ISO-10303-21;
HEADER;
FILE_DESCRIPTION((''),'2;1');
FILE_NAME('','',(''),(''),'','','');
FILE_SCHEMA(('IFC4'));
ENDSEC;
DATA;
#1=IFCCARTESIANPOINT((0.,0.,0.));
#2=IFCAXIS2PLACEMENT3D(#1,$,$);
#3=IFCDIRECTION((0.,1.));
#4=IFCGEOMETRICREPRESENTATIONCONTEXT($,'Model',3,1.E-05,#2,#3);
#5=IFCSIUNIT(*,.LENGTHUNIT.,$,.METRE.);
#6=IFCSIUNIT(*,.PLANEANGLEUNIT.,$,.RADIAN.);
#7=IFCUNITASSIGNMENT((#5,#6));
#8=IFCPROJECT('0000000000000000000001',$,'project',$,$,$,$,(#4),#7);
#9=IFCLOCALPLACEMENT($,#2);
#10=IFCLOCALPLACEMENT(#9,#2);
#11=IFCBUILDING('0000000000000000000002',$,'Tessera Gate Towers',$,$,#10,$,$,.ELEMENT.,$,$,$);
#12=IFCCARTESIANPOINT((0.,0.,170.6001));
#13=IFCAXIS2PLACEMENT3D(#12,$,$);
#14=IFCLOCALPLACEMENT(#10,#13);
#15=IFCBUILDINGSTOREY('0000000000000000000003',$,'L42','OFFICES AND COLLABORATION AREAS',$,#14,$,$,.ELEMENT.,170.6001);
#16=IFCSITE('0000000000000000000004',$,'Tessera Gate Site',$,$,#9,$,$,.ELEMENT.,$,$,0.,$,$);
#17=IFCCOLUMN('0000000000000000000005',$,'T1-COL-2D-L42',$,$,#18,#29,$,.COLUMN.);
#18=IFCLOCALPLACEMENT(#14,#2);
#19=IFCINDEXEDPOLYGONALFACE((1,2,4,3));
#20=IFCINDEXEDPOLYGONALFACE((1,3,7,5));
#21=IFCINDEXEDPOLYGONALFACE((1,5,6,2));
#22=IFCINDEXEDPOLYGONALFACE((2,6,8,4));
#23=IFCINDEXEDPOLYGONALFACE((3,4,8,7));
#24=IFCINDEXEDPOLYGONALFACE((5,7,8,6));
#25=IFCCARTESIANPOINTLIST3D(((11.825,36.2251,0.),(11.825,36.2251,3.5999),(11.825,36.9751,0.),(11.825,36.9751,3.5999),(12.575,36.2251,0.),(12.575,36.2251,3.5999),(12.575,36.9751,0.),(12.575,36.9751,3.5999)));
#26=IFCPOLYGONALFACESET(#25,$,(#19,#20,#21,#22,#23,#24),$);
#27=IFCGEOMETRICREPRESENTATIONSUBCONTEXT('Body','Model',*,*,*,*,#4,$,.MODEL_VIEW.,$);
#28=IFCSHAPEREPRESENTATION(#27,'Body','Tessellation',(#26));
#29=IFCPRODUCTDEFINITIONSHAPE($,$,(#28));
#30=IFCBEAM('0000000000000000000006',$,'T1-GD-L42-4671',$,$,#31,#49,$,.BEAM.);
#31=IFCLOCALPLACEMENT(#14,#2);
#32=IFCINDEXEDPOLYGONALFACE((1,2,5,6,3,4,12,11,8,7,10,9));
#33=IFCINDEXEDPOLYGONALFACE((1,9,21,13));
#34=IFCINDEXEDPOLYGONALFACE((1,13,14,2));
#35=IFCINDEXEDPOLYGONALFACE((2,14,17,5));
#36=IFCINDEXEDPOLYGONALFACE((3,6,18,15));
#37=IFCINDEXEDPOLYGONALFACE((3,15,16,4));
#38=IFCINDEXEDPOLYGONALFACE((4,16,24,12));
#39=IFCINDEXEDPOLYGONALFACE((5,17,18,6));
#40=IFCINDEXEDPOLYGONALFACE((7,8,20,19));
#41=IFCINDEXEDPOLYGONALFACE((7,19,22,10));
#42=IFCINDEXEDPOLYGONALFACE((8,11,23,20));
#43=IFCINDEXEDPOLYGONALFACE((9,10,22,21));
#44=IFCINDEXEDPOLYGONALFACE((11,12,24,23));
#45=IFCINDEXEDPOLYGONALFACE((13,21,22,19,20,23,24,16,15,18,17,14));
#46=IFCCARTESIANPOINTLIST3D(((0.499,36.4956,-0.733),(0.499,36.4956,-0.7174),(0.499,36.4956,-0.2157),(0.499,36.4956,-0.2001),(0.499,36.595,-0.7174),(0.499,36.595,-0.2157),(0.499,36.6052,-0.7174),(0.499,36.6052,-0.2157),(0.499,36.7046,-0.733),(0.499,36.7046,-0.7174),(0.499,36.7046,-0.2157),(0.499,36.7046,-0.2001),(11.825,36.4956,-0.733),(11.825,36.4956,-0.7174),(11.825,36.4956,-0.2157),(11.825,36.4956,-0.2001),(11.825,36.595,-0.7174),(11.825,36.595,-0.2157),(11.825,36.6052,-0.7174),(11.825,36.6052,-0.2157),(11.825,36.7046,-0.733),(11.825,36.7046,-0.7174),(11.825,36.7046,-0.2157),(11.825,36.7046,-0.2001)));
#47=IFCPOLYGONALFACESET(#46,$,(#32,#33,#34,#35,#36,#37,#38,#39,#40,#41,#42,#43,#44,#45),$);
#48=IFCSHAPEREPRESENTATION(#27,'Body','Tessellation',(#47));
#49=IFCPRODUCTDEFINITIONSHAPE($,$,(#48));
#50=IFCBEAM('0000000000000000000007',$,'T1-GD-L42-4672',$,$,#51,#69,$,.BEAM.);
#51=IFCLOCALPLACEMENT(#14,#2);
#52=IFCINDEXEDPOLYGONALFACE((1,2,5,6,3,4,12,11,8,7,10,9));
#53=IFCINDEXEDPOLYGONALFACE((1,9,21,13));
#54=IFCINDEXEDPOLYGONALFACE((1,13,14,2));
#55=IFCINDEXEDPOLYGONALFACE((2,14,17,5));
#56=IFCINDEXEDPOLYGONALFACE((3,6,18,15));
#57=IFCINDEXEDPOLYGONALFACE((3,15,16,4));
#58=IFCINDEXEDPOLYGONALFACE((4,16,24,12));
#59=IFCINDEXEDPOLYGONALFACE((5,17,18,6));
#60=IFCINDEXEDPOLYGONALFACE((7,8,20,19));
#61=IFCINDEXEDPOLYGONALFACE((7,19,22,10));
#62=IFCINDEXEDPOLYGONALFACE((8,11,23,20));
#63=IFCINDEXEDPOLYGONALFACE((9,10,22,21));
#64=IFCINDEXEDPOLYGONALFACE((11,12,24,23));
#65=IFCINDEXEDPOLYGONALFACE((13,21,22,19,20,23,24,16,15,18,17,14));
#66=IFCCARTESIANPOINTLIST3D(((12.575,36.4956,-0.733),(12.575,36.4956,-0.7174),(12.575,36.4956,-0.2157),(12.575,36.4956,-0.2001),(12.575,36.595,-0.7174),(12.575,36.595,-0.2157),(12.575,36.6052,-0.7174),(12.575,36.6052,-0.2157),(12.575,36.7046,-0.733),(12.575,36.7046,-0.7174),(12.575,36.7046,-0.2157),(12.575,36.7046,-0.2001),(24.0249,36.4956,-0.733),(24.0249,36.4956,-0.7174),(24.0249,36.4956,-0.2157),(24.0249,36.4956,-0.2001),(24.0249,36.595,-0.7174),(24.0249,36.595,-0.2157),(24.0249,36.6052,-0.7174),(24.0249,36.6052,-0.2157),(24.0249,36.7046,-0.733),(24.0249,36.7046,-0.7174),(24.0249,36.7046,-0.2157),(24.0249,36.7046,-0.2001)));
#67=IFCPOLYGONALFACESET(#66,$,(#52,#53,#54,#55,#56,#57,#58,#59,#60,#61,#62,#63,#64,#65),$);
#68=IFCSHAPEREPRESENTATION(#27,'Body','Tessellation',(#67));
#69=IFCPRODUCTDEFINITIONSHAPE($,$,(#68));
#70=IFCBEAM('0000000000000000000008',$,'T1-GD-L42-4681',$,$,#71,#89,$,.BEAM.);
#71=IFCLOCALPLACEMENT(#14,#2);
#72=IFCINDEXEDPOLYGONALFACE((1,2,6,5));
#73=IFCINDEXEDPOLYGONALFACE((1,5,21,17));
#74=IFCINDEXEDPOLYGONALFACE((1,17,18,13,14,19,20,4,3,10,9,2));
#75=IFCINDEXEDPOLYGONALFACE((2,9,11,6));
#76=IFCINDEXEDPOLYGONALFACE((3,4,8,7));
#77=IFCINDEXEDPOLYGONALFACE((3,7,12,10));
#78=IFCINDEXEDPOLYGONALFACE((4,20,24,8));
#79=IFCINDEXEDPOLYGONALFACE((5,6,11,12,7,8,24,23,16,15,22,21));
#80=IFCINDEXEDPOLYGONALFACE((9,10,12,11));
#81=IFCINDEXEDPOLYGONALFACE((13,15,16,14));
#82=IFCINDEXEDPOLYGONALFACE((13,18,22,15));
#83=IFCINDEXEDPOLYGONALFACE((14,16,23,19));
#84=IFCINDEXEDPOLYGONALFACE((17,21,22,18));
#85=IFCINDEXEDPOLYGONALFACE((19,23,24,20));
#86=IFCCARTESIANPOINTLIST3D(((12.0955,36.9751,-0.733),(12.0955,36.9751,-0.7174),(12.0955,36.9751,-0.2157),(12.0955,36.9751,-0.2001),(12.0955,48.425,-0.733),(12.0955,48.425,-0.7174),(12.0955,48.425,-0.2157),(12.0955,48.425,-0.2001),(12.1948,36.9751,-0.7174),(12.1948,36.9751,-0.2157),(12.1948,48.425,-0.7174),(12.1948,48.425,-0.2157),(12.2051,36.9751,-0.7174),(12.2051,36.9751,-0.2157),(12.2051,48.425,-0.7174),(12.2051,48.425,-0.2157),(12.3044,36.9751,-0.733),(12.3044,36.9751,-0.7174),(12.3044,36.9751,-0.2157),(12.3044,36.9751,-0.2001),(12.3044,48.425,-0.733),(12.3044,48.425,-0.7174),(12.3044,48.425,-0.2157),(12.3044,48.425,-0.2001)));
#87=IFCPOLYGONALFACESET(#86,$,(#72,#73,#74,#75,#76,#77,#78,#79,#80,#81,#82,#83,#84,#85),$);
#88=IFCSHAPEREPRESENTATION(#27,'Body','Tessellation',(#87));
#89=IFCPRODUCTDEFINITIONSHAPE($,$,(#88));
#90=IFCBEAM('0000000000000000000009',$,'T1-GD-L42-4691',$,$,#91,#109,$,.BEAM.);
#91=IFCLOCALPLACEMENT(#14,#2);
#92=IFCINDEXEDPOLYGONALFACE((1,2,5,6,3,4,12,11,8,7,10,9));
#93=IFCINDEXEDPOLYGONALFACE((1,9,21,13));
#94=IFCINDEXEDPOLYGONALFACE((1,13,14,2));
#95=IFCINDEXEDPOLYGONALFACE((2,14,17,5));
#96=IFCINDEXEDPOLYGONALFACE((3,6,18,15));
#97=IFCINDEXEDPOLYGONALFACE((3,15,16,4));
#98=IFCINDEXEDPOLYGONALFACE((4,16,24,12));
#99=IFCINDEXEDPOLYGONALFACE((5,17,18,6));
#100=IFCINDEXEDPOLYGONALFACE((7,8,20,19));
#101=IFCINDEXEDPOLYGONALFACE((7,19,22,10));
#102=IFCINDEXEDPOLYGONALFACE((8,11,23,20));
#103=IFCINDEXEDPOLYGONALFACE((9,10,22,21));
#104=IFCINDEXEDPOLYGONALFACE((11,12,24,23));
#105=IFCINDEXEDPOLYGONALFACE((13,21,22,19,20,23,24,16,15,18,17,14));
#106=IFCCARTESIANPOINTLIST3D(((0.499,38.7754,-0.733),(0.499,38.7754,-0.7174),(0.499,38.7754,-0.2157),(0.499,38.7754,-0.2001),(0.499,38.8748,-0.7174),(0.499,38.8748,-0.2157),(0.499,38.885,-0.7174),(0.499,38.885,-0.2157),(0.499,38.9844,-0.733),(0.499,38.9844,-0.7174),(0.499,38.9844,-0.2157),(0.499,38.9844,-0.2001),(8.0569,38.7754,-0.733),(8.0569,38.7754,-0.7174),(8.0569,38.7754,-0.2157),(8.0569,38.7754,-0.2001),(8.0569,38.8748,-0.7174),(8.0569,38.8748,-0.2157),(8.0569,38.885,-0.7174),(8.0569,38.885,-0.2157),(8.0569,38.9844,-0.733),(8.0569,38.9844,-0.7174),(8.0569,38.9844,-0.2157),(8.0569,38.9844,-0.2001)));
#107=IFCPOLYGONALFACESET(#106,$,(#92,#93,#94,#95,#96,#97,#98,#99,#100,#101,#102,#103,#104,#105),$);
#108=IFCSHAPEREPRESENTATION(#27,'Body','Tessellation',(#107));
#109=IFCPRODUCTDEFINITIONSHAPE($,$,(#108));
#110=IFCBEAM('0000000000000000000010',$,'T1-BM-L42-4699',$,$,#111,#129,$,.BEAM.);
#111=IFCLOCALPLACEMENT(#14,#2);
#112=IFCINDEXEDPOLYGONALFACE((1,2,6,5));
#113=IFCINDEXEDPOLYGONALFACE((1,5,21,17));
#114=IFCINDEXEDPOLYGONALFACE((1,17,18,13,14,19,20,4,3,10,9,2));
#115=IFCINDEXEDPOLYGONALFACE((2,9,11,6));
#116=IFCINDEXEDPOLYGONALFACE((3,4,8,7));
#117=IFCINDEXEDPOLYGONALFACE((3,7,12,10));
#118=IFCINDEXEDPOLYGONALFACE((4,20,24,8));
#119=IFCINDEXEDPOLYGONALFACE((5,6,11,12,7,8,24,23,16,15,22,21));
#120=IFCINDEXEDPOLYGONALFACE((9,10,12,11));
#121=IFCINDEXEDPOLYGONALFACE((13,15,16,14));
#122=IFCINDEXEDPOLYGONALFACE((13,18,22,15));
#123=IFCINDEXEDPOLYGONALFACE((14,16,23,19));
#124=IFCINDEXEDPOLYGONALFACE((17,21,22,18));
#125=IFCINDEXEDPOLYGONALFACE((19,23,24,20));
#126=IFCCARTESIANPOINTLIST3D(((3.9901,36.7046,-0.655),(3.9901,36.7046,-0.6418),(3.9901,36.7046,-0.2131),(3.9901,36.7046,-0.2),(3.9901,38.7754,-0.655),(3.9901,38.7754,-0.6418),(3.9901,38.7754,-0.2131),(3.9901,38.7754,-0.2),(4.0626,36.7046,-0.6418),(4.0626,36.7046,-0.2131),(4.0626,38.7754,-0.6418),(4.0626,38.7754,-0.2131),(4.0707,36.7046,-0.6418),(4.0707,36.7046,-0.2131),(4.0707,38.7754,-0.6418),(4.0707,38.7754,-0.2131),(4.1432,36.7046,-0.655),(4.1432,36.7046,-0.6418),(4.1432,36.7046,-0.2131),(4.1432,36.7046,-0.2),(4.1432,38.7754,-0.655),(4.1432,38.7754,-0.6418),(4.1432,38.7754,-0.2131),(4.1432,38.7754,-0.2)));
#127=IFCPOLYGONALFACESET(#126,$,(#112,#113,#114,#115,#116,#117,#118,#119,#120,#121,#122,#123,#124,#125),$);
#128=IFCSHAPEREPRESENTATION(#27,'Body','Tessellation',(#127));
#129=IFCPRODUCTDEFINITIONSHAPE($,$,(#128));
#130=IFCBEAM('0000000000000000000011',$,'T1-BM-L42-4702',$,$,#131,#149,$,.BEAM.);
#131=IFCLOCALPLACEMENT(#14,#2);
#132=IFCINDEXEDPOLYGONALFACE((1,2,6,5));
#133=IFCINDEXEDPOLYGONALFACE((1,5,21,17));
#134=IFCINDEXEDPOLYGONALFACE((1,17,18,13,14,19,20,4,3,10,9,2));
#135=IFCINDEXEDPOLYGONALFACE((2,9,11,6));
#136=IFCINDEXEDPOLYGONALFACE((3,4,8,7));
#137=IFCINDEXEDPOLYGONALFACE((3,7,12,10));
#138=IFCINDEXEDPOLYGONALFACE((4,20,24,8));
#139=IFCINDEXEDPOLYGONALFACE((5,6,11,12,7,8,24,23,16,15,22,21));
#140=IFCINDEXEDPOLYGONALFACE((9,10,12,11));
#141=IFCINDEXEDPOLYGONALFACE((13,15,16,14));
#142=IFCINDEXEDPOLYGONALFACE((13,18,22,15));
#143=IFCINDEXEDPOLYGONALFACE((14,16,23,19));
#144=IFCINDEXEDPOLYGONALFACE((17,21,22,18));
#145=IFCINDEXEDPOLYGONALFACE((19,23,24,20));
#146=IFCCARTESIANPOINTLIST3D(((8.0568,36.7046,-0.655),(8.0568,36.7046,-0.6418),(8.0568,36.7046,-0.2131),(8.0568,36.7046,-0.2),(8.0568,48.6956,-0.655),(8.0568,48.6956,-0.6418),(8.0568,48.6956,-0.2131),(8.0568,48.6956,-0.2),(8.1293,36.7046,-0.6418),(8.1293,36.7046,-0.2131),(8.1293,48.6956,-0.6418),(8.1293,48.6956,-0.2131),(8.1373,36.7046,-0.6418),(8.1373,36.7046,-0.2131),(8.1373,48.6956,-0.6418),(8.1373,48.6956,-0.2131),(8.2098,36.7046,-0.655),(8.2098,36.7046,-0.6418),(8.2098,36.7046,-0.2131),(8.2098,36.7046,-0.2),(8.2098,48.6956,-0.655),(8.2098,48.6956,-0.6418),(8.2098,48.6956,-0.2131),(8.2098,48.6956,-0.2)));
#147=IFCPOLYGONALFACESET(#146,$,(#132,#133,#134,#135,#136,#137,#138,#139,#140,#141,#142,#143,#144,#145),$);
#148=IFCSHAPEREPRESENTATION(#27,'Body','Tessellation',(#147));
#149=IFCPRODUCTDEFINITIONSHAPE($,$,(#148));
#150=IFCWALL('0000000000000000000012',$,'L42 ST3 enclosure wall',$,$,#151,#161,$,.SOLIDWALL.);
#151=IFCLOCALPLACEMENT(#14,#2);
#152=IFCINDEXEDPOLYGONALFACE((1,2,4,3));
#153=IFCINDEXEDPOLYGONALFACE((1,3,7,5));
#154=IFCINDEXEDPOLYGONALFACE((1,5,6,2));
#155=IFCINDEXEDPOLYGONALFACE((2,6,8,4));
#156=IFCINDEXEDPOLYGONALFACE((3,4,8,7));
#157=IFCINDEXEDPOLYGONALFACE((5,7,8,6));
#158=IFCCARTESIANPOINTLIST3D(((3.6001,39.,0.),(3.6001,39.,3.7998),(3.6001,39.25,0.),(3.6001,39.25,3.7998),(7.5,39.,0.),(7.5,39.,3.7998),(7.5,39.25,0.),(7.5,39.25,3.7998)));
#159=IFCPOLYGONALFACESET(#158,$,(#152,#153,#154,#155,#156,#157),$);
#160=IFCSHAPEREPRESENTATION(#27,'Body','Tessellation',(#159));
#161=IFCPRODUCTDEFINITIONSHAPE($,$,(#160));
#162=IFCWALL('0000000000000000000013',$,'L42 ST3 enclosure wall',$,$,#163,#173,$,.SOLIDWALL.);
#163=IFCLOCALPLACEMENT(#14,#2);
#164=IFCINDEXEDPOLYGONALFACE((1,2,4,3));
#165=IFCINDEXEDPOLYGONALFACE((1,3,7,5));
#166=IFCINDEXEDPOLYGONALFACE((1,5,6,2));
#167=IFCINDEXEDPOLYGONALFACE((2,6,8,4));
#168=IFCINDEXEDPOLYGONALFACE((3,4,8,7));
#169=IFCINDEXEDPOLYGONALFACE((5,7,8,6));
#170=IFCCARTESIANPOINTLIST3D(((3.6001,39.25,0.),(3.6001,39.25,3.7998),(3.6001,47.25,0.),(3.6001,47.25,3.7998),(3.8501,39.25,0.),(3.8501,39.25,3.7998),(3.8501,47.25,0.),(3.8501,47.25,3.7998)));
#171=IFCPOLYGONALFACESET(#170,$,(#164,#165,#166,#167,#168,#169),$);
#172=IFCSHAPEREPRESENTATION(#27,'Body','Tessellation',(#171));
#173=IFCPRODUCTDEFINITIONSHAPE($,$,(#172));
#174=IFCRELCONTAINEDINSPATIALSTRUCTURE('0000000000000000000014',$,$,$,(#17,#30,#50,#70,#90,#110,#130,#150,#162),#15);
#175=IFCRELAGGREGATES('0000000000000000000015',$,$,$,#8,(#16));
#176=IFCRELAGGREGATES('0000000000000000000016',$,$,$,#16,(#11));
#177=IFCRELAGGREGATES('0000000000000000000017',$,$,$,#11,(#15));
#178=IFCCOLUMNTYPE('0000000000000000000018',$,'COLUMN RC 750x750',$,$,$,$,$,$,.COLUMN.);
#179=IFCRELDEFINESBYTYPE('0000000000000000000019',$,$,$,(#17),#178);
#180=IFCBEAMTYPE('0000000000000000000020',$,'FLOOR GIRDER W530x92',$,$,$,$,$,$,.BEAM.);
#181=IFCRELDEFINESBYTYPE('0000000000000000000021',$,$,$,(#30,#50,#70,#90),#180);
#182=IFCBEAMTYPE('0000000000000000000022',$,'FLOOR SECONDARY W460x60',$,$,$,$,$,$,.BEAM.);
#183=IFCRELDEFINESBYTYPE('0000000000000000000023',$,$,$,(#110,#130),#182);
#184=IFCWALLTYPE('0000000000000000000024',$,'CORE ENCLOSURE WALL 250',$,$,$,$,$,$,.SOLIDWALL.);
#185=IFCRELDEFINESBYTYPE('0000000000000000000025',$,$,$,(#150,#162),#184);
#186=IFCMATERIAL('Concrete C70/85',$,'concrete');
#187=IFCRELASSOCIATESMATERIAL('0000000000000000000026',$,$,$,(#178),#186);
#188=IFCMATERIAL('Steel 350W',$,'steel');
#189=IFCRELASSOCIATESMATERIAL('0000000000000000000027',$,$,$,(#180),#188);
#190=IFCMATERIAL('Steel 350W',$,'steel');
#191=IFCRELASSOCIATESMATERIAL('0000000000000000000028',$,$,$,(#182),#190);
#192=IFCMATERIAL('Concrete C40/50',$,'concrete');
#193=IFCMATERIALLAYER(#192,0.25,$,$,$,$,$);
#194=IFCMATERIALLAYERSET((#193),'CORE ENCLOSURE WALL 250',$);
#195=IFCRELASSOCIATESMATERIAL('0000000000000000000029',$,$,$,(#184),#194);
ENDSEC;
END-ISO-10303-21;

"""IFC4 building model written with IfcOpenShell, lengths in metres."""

from ifc_helpers import new_model, si_unit, direction, frame, frame_2d, origin, origin_2d, place, context, subcontext, project, spatial, rectangle, i_section, extrude, material, layer, layer_set, material_profile, profile_set, type_object, element, save


model = new_model("IFC4")

# Units and contexts
model_context = context("Model", 3, precision=1e-05, world=origin(), true_north=direction((0.0, 1.0)))
body_context = subcontext(model_context, "Body", "Model", "MODEL_VIEW")
ifc_project = project(units=[si_unit("LENGTHUNIT", "METRE"), si_unit("PLANEANGLEUNIT", "RADIAN")], contexts=[model_context])

# Site, building, storey
site_placement = place(None, origin())
site = spatial("IfcSite", under=ifc_project, at=site_placement, Name="Tessera Gate Site", CompositionType="ELEMENT", RefElevation=0.0)
building_placement = place(site_placement, origin())
building = spatial("IfcBuilding", under=site, at=building_placement, Name="Tessera Gate Towers", CompositionType="ELEMENT")
storey_placement = place(building_placement, frame((0.0, 0.0, 170.6001)))
storey = spatial("IfcBuildingStorey", under=building, at=storey_placement, Name="L42", Description="OFFICES AND COLLABORATION AREAS", CompositionType="ELEMENT", Elevation=170.6001)

# Column
ifc_material_1 = material(Name="Concrete C70/85", Category="concrete")
ifc_material_profile_1 = material_profile(ifc_material_1, rectangle(XDim=0.75, YDim=0.75, at=origin_2d()), Name="RC 750x750")
ifc_profile_set_1 = profile_set([ifc_material_profile_1], Name="Concrete C70/85")
column_type = type_object("IfcColumnType", Name="COLUMN RC 750x750", PredefinedType="COLUMN", material=ifc_profile_set_1)
column_placement = place(storey_placement, frame((12.2, 36.6001, 0.0), z_axis=(0.0, 0.0, 1.0), x_axis=(1.0, 0.0, 0.0)))
element("IfcColumn", 1, at=column_placement, inside=storey, type_object=column_type, Name="T1-COL-2D-L42", PredefinedType="COLUMN", context=body_context, shape_type="SweptSolid", body=[
    extrude(rectangle(XDim=0.75, YDim=0.75, at=origin_2d()), origin(), (0.0, 0.0, 1.0), 3.5999),
])

# Beams
ifc_material_2 = material(Name="Steel 350W", Category="steel")
ifc_material_profile_2 = material_profile(ifc_material_2, i_section(OverallWidth=0.209, OverallDepth=0.533, WebThickness=0.0103, FlangeThickness=0.0156, at=origin_2d()), Name="W530x92")
ifc_profile_set_2 = profile_set([ifc_material_profile_2], Name="Steel 350W")
beam_type_1 = type_object("IfcBeamType", Name="FLOOR GIRDER W530x92", PredefinedType="BEAM", material=ifc_profile_set_2)
beam_1_placement = place(storey_placement, frame((0.499, 36.6001, -0.4666), z_axis=(1.0, 0.0, 0.0), x_axis=(0.0, 1.0, 0.0)))
element("IfcBeam", 2, at=beam_1_placement, inside=storey, type_object=beam_type_1, Name="T1-GD-L42-4671", PredefinedType="BEAM", context=body_context, shape_type="SweptSolid", body=[
    extrude(i_section(OverallWidth=0.209, OverallDepth=0.533, WebThickness=0.0103, FlangeThickness=0.0156, at=origin_2d()), origin(), (0.0, 0.0, 1.0), 11.3259),
])
for number, where, z_axis, x_axis, name in (
    (3, (12.575, 36.6001, -0.4666), (1.0, 0.0, 0.0), (0.0, 1.0, 0.0), "T1-GD-L42-4672"),
    (4, (12.2, 36.9751, -0.4666), (0.0, 1.0, 0.0), (-1.0, 0.0, 0.0), "T1-GD-L42-4681"),
):
    element("IfcBeam", number, at=place(storey_placement, frame(where, z_axis=z_axis, x_axis=x_axis)), inside=storey, type_object=beam_type_1, Name=name, PredefinedType="BEAM", context=body_context, shape_type="SweptSolid", body=[
        extrude(i_section(OverallWidth=0.209, OverallDepth=0.533, WebThickness=0.0103, FlangeThickness=0.0156, at=origin_2d()), origin(), (0.0, 0.0, 1.0), 11.45),
    ])
beam_2_placement = place(storey_placement, frame((0.499, 38.8799, -0.4666), z_axis=(1.0, 0.0, 0.0), x_axis=(0.0, 1.0, 0.0)))
element("IfcBeam", 5, at=beam_2_placement, inside=storey, type_object=beam_type_1, Name="T1-GD-L42-4691", PredefinedType="BEAM", context=body_context, shape_type="SweptSolid", body=[
    extrude(i_section(OverallWidth=0.209, OverallDepth=0.533, WebThickness=0.0103, FlangeThickness=0.0156, at=origin_2d()), origin(), (0.0, 0.0, 1.0), 7.5579),
])
ifc_material_3 = material(Name="Steel 350W", Category="steel")
ifc_material_profile_3 = material_profile(ifc_material_3, i_section(OverallWidth=0.1531, OverallDepth=0.4551, WebThickness=0.0081, FlangeThickness=0.0132, at=origin_2d()), Name="W460x60")
ifc_profile_set_3 = profile_set([ifc_material_profile_3], Name="Steel 350W")
beam_type_2 = type_object("IfcBeamType", Name="FLOOR SECONDARY W460x60", PredefinedType="BEAM", material=ifc_profile_set_3)
beam_3_placement = place(storey_placement, frame((4.0667, 36.7046, -0.4275), z_axis=(0.0, 1.0, 0.0), x_axis=(-1.0, 0.0, 0.0)))
element("IfcBeam", 6, at=beam_3_placement, inside=storey, type_object=beam_type_2, Name="T1-BM-L42-4699", PredefinedType="BEAM", context=body_context, shape_type="SweptSolid", body=[
    extrude(i_section(OverallWidth=0.1531, OverallDepth=0.4551, WebThickness=0.0081, FlangeThickness=0.0132, at=origin_2d()), origin(), (0.0, 0.0, 1.0), 2.0708),
])
beam_4_placement = place(storey_placement, frame((8.1333, 36.7046, -0.4275), z_axis=(0.0, 1.0, 0.0), x_axis=(-1.0, 0.0, 0.0)))
element("IfcBeam", 7, at=beam_4_placement, inside=storey, type_object=beam_type_2, Name="T1-BM-L42-4702", PredefinedType="BEAM", context=body_context, shape_type="SweptSolid", body=[
    extrude(i_section(OverallWidth=0.1531, OverallDepth=0.4551, WebThickness=0.0081, FlangeThickness=0.0132, at=origin_2d()), origin(), (0.0, 0.0, 1.0), 11.991),
])

# Walls
ifc_material_4 = material(Name="Concrete C40/50", Category="concrete")
ifc_layer_1 = layer(ifc_material_4, 0.25)
ifc_layer_set_1 = layer_set([ifc_layer_1], Name="CORE ENCLOSURE WALL 250")
wall_type_1 = type_object("IfcWallType", Name="CORE ENCLOSURE WALL 250", PredefinedType="SOLIDWALL", material=ifc_layer_set_1)
wall_1_placement = place(storey_placement, frame((7.5, 39.125, 0.0), z_axis=(0.0, 0.0, 1.0), x_axis=(-1.0, 0.0, 0.0)))
element("IfcWall", 8, at=wall_1_placement, inside=storey, type_object=wall_type_1, Name="L42 ST3 enclosure wall", PredefinedType="SOLIDWALL", context=body_context, shape_type="SweptSolid", body=[
    extrude(rectangle(XDim=3.8999, YDim=0.25, at=frame_2d((1.95, 0.0))), origin(), (0.0, 0.0, 1.0), 3.7998),
])
wall_2_placement = place(storey_placement, frame((3.7251, 39.25, 0.0), z_axis=(0.0, 0.0, 1.0), x_axis=(0.0, 1.0, 0.0)))
element("IfcWall", 9, at=wall_2_placement, inside=storey, type_object=wall_type_1, Name="L42 ST3 enclosure wall", PredefinedType="SOLIDWALL", context=body_context, shape_type="SweptSolid", body=[
    extrude(rectangle(XDim=8.0, YDim=0.25, at=frame_2d((4.0, 0.0))), origin(), (0.0, 0.0, 1.0), 3.7998),
])

save(model, "model.ifc")
